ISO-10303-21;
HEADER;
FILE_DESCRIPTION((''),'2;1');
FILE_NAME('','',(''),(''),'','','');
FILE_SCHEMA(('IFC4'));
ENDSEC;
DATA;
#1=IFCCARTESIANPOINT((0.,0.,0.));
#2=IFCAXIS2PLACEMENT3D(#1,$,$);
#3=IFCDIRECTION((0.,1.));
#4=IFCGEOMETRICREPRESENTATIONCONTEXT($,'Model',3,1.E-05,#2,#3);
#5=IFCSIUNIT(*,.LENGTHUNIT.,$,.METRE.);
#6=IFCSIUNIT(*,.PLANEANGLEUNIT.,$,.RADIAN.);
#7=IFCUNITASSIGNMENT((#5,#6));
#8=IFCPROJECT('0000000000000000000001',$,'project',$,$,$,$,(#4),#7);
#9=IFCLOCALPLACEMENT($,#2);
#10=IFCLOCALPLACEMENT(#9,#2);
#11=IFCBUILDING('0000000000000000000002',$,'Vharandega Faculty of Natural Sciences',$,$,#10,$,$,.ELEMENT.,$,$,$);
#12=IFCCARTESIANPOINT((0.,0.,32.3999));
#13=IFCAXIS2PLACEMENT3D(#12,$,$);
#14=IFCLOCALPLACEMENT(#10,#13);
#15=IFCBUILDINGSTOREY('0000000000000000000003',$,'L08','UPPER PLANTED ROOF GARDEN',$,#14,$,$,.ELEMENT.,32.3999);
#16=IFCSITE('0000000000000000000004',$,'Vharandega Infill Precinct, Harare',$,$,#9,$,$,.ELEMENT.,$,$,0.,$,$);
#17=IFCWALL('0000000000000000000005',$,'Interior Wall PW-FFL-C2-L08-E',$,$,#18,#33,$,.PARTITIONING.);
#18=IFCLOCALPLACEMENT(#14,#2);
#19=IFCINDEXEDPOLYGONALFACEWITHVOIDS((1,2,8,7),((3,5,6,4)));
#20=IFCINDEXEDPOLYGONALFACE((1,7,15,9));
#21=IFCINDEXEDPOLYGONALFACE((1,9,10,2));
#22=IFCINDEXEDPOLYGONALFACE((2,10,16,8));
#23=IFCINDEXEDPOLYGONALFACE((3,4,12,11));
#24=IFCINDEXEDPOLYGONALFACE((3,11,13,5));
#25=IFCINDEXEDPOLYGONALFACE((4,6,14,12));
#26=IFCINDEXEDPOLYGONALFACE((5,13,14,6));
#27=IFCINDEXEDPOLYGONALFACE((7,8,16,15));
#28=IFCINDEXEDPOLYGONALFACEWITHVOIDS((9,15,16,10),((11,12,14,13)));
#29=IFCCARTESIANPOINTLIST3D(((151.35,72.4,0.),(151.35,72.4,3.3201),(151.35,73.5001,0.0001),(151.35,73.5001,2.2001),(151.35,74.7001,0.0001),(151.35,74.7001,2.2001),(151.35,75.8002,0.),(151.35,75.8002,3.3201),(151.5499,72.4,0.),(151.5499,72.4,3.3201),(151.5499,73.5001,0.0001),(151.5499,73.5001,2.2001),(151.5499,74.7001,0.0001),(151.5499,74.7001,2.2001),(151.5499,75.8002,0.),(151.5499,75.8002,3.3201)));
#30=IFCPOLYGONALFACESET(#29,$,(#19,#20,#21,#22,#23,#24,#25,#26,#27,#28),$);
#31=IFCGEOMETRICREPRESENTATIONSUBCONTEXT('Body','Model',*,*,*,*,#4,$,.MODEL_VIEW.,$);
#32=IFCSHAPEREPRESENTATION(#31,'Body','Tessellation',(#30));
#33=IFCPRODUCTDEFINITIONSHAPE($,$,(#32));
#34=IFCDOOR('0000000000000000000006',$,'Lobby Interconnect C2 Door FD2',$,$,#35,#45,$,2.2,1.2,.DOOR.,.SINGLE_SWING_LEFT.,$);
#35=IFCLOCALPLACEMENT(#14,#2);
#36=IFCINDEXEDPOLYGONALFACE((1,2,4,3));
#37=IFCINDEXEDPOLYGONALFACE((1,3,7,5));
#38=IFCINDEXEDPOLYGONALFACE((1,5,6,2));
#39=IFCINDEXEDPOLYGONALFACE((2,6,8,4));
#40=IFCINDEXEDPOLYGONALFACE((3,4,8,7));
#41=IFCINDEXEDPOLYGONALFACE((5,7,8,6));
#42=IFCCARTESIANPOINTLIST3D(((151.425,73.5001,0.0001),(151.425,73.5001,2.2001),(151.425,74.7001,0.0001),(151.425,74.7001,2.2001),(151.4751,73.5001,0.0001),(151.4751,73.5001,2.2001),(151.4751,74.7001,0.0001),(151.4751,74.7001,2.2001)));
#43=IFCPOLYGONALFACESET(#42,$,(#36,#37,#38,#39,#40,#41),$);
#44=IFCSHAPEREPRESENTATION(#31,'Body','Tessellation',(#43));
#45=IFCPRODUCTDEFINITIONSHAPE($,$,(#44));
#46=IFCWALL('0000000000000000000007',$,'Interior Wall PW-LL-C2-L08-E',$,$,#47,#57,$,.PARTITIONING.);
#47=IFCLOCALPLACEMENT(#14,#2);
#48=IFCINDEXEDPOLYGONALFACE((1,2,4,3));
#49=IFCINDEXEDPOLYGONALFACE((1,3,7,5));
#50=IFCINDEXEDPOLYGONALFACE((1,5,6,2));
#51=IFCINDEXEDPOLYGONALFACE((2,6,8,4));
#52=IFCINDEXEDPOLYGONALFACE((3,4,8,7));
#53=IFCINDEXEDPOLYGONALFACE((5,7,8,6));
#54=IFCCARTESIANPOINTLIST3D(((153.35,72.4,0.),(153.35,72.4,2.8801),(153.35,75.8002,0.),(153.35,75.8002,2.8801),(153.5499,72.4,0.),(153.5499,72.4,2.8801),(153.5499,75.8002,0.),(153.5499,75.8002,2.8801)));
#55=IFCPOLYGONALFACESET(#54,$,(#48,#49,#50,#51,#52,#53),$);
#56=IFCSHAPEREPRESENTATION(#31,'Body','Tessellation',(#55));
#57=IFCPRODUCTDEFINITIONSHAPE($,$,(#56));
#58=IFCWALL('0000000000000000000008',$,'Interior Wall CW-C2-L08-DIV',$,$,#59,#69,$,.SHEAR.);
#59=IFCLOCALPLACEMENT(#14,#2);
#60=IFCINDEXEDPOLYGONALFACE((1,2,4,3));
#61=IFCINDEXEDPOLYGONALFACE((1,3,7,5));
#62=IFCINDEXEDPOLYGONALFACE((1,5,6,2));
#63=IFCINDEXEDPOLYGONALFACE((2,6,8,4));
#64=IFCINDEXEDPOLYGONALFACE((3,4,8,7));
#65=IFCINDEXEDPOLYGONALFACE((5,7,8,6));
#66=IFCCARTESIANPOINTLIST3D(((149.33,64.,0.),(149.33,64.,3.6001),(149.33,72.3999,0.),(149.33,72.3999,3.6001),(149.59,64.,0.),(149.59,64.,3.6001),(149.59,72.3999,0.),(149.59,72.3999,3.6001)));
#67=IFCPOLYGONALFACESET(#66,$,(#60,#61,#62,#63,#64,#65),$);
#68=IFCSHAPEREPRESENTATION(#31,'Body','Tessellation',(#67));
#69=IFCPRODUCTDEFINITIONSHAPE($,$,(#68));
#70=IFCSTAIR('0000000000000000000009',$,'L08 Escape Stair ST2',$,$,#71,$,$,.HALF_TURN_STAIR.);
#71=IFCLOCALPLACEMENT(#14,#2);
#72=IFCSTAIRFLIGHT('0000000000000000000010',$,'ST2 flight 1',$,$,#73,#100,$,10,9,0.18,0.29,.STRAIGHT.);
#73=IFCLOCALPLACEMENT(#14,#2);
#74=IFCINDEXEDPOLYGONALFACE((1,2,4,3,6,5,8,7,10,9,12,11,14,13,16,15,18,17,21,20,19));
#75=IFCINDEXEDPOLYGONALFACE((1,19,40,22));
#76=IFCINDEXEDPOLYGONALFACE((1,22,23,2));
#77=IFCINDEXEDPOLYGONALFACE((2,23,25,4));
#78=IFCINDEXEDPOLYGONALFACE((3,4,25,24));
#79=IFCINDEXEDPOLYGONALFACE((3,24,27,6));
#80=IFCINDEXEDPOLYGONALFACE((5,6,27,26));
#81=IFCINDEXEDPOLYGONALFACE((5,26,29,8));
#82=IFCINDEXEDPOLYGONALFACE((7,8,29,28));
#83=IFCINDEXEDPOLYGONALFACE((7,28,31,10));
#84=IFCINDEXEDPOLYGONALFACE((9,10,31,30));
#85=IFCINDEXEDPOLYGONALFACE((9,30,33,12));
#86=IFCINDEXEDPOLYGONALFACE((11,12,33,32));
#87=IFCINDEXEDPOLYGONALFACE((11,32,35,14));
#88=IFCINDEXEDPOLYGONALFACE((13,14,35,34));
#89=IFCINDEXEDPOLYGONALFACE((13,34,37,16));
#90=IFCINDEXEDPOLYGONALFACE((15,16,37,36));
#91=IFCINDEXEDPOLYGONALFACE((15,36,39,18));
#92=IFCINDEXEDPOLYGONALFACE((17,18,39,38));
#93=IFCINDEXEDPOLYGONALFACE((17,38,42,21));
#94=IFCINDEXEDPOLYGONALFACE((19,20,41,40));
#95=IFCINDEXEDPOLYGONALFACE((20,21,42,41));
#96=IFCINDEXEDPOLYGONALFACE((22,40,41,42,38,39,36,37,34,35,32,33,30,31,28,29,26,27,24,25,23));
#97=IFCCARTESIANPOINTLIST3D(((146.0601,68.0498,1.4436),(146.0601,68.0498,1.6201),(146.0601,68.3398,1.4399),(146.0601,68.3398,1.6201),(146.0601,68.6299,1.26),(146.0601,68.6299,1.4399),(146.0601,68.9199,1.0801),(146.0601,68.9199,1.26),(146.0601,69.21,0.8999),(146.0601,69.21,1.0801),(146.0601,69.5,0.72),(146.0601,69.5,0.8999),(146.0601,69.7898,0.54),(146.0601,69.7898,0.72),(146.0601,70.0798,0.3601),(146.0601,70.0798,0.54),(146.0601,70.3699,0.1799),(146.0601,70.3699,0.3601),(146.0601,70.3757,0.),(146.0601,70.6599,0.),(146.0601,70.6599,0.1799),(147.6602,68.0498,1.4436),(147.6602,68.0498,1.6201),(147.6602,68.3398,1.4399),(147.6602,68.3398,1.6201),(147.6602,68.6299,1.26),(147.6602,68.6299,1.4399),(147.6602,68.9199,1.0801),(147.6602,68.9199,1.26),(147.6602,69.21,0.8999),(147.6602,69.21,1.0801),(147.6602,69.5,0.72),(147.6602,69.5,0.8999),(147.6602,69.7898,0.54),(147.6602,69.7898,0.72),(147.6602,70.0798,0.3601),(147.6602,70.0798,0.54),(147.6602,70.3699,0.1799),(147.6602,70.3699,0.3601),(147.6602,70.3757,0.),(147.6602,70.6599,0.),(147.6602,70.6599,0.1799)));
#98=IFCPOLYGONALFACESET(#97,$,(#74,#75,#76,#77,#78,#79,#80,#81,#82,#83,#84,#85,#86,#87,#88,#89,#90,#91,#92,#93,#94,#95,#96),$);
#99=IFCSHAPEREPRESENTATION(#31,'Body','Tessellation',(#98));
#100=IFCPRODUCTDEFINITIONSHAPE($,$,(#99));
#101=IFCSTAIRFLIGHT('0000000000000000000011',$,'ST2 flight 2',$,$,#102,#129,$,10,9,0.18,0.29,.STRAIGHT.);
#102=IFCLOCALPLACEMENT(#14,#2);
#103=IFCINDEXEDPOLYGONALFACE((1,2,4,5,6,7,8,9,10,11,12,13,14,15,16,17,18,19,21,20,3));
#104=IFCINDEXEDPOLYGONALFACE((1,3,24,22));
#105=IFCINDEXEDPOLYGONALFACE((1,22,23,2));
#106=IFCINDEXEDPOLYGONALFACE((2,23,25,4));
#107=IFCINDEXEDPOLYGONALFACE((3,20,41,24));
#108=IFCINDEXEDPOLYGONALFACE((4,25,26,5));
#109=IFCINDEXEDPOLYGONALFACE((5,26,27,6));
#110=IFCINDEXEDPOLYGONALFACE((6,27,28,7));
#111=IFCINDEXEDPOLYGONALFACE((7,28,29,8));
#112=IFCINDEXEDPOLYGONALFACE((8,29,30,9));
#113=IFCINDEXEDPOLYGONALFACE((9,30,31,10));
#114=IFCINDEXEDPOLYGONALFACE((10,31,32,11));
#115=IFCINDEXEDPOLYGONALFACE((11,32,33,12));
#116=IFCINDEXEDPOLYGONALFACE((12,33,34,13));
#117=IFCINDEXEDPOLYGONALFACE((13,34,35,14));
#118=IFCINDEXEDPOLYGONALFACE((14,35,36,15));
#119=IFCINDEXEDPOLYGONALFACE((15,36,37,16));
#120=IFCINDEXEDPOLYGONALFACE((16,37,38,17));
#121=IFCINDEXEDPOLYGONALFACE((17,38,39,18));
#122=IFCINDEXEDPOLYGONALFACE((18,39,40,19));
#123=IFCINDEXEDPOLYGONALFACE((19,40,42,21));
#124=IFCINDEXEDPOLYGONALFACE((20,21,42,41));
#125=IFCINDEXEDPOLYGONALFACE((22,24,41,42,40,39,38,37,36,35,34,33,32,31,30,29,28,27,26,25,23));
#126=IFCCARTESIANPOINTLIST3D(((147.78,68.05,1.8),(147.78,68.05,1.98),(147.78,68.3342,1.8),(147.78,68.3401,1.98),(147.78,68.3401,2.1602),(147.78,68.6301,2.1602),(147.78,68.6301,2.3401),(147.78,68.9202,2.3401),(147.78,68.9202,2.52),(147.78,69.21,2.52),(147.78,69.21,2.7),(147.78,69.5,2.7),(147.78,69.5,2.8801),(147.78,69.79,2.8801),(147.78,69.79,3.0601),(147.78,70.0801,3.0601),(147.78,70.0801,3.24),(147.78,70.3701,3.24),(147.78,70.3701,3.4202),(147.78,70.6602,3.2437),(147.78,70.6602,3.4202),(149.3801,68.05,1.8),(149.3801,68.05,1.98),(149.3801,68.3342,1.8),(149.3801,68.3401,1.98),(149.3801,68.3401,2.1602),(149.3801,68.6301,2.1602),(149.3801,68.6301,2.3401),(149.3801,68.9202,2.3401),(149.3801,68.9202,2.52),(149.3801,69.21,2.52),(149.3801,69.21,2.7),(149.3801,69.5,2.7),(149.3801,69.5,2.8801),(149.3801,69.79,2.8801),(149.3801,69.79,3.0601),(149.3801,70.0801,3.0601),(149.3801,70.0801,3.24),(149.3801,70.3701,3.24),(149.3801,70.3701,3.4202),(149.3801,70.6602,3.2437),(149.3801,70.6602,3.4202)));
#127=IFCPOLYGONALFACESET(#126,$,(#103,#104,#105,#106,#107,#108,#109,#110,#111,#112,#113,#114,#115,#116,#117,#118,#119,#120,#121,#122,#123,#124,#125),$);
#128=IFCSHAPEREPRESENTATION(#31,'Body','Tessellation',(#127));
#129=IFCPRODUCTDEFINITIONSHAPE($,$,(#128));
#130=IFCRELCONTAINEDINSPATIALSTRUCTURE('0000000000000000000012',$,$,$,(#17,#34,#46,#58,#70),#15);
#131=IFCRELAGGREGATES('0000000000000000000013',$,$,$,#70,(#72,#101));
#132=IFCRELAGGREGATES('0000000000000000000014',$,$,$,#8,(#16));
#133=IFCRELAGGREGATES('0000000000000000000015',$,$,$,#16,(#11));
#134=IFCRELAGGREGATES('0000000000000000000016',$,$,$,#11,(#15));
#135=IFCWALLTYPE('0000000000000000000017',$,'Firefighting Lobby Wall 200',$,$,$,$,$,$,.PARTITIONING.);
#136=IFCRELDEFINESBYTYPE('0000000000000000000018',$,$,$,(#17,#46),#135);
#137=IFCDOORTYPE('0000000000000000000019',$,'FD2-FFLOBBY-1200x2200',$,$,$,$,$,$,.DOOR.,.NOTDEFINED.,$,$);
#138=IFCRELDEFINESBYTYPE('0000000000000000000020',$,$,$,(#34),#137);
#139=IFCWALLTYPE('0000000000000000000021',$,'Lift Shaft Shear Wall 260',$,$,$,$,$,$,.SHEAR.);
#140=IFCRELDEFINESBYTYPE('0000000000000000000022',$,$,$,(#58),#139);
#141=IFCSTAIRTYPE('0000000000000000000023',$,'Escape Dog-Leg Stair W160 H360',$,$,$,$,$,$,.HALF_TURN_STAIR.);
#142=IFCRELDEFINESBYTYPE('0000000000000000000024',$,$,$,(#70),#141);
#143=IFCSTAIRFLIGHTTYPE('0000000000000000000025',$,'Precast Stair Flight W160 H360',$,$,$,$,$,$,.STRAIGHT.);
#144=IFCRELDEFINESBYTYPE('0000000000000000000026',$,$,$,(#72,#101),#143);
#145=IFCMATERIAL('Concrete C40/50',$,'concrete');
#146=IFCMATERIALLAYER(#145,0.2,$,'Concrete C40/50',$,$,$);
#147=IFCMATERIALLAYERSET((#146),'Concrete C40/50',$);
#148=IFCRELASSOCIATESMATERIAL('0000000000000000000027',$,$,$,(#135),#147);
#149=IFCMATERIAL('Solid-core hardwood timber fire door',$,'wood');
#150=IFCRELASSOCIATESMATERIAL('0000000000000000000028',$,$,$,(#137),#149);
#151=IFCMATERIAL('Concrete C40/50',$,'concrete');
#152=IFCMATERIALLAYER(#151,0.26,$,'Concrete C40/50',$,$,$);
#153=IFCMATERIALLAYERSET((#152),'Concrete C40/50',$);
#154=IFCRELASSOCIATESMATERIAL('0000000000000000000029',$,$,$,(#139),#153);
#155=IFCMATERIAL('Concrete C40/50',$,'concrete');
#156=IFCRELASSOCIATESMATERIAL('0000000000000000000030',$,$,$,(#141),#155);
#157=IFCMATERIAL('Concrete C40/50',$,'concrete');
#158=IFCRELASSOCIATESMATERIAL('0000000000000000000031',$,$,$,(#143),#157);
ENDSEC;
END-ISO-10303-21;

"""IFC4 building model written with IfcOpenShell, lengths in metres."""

from ifc_helpers import new_model, si_unit, direction, frame, frame_2d, origin, place, context, subcontext, project, spatial, polyline, rectangle, outline, extrude, material, layer, layer_set, type_object, element, fill, aggregate, save


model = new_model("IFC4")

# Units and contexts
model_context = context("Model", 3, precision=1e-05, world=origin(), true_north=direction((0.0, 1.0)))
body_context = subcontext(model_context, "Body", "Model", "MODEL_VIEW")
ifc_project = project(units=[si_unit("LENGTHUNIT", "METRE"), si_unit("PLANEANGLEUNIT", "RADIAN")], contexts=[model_context])

# Site, building, storey
site_placement = place(None, origin())
site = spatial("IfcSite", under=ifc_project, at=site_placement, Name="Vharandega Infill Precinct, Harare", CompositionType="ELEMENT", RefElevation=0.0)
building_placement = place(site_placement, origin())
building = spatial("IfcBuilding", under=site, at=building_placement, Name="Vharandega Faculty of Natural Sciences", CompositionType="ELEMENT")
storey_placement = place(building_placement, frame((0.0, 0.0, 32.3999)))
storey = spatial("IfcBuildingStorey", under=building, at=storey_placement, Name="L08", Description="UPPER PLANTED ROOF GARDEN", CompositionType="ELEMENT", Elevation=32.3999)

# Shared definitions
ifc_material_1 = material(Name="Concrete C40/50", Category="concrete")
ifc_layer_1 = layer(ifc_material_1, 0.2, Name="Concrete C40/50")
ifc_layer_set_1 = layer_set([ifc_layer_1], Name="Concrete C40/50")
wall_type_1 = type_object("IfcWallType", Name="Firefighting Lobby Wall 200", PredefinedType="PARTITIONING", material=ifc_layer_set_1)
ifc_material_2 = material(Name="Solid-core hardwood timber fire door", Category="wood")
door_type = type_object("IfcDoorType", Name="FD2-FFLOBBY-1200x2200", OperationType="NOTDEFINED", PredefinedType="DOOR", material=ifc_material_2)

# Wall, opening, door
wall_1_placement = place(storey_placement, frame((151.45, 72.3999, 0.0), z_axis=(0.0, 0.0, 1.0), x_axis=(0.0, 1.0, 0.0)))
wall_1 = element("IfcWall", 1, at=wall_1_placement, inside=storey, type_object=wall_type_1, Name="Interior Wall PW-FFL-C2-L08-E", PredefinedType="PARTITIONING", context=body_context, shape_type="SweptSolid", body=[
    extrude(rectangle(XDim=3.4001, YDim=0.2, at=frame_2d((1.7002, 0.0))), origin(), (0.0, 0.0, 1.0), 3.3201),
])
opening_1_placement = place(wall_1_placement, frame((1.1001, 0.0, 0.0)))
opening_1 = element("IfcOpeningElement", 2, at=opening_1_placement, cuts=wall_1, PredefinedType="OPENING", context=body_context, shape_type="SweptSolid", body=[
    extrude(rectangle(XDim=1.2, YDim=2.2, at=frame_2d((0.6001, 1.1001))), frame((0.0, 0.1099, 0.0), z_axis=(0.0, -1.0, 0.0), x_axis=(1.0, 0.0, 0.0)), (0.0, 0.0, 1.0), 0.22),
])
door_1_placement = place(opening_1_placement, origin())
door_1 = element("IfcDoor", 3, at=door_1_placement, inside=storey, type_object=door_type, Name="Lobby Interconnect C2 Door FD2", OperationType="SINGLE_SWING_LEFT", OverallHeight=2.2, OverallWidth=1.2, PredefinedType="DOOR", context=body_context, shape_type="SweptSolid", body=[
    extrude(rectangle(XDim=1.2, YDim=2.2, at=frame_2d((0.6001, 1.1001))), frame((0.0, 0.0249, 0.0), z_axis=(0.0, -1.0, 0.0), x_axis=(1.0, 0.0, 0.0)), (0.0, 0.0, 1.0), 0.05),
])
fill(opening_1, door_1)

# Walls
wall_2_placement = place(storey_placement, frame((153.45, 72.3999, 0.0), z_axis=(0.0, 0.0, 1.0), x_axis=(0.0, 1.0, 0.0)))
element("IfcWall", 4, at=wall_2_placement, inside=storey, type_object=wall_type_1, Name="Interior Wall PW-LL-C2-L08-E", PredefinedType="PARTITIONING", context=body_context, shape_type="SweptSolid", body=[
    extrude(rectangle(XDim=3.4001, YDim=0.2, at=frame_2d((1.7002, 0.0))), origin(), (0.0, 0.0, 1.0), 2.8801),
])
ifc_material_3 = material(Name="Concrete C40/50", Category="concrete")
ifc_layer_2 = layer(ifc_material_3, 0.26, Name="Concrete C40/50")
ifc_layer_set_2 = layer_set([ifc_layer_2], Name="Concrete C40/50")
wall_type_2 = type_object("IfcWallType", Name="Lift Shaft Shear Wall 260", PredefinedType="SHEAR", material=ifc_layer_set_2)
wall_3_placement = place(storey_placement, frame((149.46, 64.0, 0.0), z_axis=(0.0, 0.0, 1.0), x_axis=(0.0, 1.0, 0.0)))
element("IfcWall", 5, at=wall_3_placement, inside=storey, type_object=wall_type_2, Name="Interior Wall CW-C2-L08-DIV", PredefinedType="SHEAR", context=body_context, shape_type="SweptSolid", body=[
    extrude(rectangle(XDim=8.3999, YDim=0.26, at=frame_2d((4.2, 0.0))), origin(), (0.0, 0.0, 1.0), 3.6001),
])

# Stair, stair flights
ifc_material_4 = material(Name="Concrete C40/50", Category="concrete")
stair_type = type_object("IfcStairType", Name="Escape Dog-Leg Stair W160 H360", PredefinedType="HALF_TURN_STAIR", material=ifc_material_4)
stair_placement = place(storey_placement, origin())
stair = element("IfcStair", 6, at=stair_placement, inside=storey, type_object=stair_type, Name="L08 Escape Stair ST2", PredefinedType="HALF_TURN_STAIR")
ifc_material_5 = material(Name="Concrete C40/50", Category="concrete")
stair_flight_type = type_object("IfcStairFlightType", Name="Precast Stair Flight W160 H360", PredefinedType="STRAIGHT", material=ifc_material_5)
stair_flight_1_placement = place(storey_placement, frame((146.8601, 70.6599, 0.0), z_axis=(0.0, 0.0, 1.0), x_axis=(0.0, -1.0, 0.0)))
stair_flight_1 = element("IfcStairFlight", 7, at=stair_flight_1_placement, type_object=stair_flight_type, Name="ST2 flight 1", NumberOfRisers=10, NumberOfTreads=9, PredefinedType="STRAIGHT", RiserHeight=0.18, TreadLength=0.29, context=body_context, shape_type="SweptSolid", body=[
    extrude(outline(polyline([(0.0, 0.0), (0.0, 0.1799), (0.29, 0.1799), (0.29, 0.3601), (0.5801, 0.3601), (0.5801, 0.54), (0.8701, 0.54), (0.8701, 0.72), (1.1599, 0.72), (1.1599, 0.8999), (1.45, 0.8999), (1.45, 1.0801), (1.74, 1.0801), (1.74, 1.26), (2.03, 1.26), (2.03, 1.4399), (2.3201, 1.4399), (2.3201, 1.6201), (2.6101, 1.6201), (2.6101, 1.8), (2.6101, 1.4436), (0.2842, 0.0), (0.0, 0.0)])), frame((0.0, 0.8, 0.0), z_axis=(0.0, -1.0, 0.0), x_axis=(1.0, 0.0, 0.0)), (0.0, 0.0, 1.0), 1.6001),
])
stair_flight_2_placement = place(storey_placement, frame((148.5801, 68.05, 1.8), z_axis=(0.0, 0.0, 1.0), x_axis=(0.0, 1.0, 0.0)))
stair_flight_2 = element("IfcStairFlight", 8, at=stair_flight_2_placement, type_object=stair_flight_type, Name="ST2 flight 2", NumberOfRisers=10, NumberOfTreads=9, PredefinedType="STRAIGHT", RiserHeight=0.18, TreadLength=0.29, context=body_context, shape_type="SweptSolid", body=[
    extrude(outline(polyline([(0.0, 0.0), (0.0, 0.1799), (0.29, 0.1799), (0.29, 0.3601), (0.5801, 0.3601), (0.5801, 0.54), (0.8701, 0.54), (0.8701, 0.72), (1.1599, 0.72), (1.1599, 0.8999), (1.45, 0.8999), (1.45, 1.0801), (1.74, 1.0801), (1.74, 1.26), (2.03, 1.26), (2.03, 1.4399), (2.3201, 1.4399), (2.3201, 1.6201), (2.6101, 1.6201), (2.6101, 1.8), (2.6101, 1.4436), (0.2842, 0.0), (0.0, 0.0)])), frame((0.0, 0.8, 0.0), z_axis=(0.0, -1.0, 0.0), x_axis=(1.0, 0.0, 0.0)), (0.0, 0.0, 1.0), 1.6001),
])
aggregate(stair, [stair_flight_1, stair_flight_2])

save(model, "model.ifc")
